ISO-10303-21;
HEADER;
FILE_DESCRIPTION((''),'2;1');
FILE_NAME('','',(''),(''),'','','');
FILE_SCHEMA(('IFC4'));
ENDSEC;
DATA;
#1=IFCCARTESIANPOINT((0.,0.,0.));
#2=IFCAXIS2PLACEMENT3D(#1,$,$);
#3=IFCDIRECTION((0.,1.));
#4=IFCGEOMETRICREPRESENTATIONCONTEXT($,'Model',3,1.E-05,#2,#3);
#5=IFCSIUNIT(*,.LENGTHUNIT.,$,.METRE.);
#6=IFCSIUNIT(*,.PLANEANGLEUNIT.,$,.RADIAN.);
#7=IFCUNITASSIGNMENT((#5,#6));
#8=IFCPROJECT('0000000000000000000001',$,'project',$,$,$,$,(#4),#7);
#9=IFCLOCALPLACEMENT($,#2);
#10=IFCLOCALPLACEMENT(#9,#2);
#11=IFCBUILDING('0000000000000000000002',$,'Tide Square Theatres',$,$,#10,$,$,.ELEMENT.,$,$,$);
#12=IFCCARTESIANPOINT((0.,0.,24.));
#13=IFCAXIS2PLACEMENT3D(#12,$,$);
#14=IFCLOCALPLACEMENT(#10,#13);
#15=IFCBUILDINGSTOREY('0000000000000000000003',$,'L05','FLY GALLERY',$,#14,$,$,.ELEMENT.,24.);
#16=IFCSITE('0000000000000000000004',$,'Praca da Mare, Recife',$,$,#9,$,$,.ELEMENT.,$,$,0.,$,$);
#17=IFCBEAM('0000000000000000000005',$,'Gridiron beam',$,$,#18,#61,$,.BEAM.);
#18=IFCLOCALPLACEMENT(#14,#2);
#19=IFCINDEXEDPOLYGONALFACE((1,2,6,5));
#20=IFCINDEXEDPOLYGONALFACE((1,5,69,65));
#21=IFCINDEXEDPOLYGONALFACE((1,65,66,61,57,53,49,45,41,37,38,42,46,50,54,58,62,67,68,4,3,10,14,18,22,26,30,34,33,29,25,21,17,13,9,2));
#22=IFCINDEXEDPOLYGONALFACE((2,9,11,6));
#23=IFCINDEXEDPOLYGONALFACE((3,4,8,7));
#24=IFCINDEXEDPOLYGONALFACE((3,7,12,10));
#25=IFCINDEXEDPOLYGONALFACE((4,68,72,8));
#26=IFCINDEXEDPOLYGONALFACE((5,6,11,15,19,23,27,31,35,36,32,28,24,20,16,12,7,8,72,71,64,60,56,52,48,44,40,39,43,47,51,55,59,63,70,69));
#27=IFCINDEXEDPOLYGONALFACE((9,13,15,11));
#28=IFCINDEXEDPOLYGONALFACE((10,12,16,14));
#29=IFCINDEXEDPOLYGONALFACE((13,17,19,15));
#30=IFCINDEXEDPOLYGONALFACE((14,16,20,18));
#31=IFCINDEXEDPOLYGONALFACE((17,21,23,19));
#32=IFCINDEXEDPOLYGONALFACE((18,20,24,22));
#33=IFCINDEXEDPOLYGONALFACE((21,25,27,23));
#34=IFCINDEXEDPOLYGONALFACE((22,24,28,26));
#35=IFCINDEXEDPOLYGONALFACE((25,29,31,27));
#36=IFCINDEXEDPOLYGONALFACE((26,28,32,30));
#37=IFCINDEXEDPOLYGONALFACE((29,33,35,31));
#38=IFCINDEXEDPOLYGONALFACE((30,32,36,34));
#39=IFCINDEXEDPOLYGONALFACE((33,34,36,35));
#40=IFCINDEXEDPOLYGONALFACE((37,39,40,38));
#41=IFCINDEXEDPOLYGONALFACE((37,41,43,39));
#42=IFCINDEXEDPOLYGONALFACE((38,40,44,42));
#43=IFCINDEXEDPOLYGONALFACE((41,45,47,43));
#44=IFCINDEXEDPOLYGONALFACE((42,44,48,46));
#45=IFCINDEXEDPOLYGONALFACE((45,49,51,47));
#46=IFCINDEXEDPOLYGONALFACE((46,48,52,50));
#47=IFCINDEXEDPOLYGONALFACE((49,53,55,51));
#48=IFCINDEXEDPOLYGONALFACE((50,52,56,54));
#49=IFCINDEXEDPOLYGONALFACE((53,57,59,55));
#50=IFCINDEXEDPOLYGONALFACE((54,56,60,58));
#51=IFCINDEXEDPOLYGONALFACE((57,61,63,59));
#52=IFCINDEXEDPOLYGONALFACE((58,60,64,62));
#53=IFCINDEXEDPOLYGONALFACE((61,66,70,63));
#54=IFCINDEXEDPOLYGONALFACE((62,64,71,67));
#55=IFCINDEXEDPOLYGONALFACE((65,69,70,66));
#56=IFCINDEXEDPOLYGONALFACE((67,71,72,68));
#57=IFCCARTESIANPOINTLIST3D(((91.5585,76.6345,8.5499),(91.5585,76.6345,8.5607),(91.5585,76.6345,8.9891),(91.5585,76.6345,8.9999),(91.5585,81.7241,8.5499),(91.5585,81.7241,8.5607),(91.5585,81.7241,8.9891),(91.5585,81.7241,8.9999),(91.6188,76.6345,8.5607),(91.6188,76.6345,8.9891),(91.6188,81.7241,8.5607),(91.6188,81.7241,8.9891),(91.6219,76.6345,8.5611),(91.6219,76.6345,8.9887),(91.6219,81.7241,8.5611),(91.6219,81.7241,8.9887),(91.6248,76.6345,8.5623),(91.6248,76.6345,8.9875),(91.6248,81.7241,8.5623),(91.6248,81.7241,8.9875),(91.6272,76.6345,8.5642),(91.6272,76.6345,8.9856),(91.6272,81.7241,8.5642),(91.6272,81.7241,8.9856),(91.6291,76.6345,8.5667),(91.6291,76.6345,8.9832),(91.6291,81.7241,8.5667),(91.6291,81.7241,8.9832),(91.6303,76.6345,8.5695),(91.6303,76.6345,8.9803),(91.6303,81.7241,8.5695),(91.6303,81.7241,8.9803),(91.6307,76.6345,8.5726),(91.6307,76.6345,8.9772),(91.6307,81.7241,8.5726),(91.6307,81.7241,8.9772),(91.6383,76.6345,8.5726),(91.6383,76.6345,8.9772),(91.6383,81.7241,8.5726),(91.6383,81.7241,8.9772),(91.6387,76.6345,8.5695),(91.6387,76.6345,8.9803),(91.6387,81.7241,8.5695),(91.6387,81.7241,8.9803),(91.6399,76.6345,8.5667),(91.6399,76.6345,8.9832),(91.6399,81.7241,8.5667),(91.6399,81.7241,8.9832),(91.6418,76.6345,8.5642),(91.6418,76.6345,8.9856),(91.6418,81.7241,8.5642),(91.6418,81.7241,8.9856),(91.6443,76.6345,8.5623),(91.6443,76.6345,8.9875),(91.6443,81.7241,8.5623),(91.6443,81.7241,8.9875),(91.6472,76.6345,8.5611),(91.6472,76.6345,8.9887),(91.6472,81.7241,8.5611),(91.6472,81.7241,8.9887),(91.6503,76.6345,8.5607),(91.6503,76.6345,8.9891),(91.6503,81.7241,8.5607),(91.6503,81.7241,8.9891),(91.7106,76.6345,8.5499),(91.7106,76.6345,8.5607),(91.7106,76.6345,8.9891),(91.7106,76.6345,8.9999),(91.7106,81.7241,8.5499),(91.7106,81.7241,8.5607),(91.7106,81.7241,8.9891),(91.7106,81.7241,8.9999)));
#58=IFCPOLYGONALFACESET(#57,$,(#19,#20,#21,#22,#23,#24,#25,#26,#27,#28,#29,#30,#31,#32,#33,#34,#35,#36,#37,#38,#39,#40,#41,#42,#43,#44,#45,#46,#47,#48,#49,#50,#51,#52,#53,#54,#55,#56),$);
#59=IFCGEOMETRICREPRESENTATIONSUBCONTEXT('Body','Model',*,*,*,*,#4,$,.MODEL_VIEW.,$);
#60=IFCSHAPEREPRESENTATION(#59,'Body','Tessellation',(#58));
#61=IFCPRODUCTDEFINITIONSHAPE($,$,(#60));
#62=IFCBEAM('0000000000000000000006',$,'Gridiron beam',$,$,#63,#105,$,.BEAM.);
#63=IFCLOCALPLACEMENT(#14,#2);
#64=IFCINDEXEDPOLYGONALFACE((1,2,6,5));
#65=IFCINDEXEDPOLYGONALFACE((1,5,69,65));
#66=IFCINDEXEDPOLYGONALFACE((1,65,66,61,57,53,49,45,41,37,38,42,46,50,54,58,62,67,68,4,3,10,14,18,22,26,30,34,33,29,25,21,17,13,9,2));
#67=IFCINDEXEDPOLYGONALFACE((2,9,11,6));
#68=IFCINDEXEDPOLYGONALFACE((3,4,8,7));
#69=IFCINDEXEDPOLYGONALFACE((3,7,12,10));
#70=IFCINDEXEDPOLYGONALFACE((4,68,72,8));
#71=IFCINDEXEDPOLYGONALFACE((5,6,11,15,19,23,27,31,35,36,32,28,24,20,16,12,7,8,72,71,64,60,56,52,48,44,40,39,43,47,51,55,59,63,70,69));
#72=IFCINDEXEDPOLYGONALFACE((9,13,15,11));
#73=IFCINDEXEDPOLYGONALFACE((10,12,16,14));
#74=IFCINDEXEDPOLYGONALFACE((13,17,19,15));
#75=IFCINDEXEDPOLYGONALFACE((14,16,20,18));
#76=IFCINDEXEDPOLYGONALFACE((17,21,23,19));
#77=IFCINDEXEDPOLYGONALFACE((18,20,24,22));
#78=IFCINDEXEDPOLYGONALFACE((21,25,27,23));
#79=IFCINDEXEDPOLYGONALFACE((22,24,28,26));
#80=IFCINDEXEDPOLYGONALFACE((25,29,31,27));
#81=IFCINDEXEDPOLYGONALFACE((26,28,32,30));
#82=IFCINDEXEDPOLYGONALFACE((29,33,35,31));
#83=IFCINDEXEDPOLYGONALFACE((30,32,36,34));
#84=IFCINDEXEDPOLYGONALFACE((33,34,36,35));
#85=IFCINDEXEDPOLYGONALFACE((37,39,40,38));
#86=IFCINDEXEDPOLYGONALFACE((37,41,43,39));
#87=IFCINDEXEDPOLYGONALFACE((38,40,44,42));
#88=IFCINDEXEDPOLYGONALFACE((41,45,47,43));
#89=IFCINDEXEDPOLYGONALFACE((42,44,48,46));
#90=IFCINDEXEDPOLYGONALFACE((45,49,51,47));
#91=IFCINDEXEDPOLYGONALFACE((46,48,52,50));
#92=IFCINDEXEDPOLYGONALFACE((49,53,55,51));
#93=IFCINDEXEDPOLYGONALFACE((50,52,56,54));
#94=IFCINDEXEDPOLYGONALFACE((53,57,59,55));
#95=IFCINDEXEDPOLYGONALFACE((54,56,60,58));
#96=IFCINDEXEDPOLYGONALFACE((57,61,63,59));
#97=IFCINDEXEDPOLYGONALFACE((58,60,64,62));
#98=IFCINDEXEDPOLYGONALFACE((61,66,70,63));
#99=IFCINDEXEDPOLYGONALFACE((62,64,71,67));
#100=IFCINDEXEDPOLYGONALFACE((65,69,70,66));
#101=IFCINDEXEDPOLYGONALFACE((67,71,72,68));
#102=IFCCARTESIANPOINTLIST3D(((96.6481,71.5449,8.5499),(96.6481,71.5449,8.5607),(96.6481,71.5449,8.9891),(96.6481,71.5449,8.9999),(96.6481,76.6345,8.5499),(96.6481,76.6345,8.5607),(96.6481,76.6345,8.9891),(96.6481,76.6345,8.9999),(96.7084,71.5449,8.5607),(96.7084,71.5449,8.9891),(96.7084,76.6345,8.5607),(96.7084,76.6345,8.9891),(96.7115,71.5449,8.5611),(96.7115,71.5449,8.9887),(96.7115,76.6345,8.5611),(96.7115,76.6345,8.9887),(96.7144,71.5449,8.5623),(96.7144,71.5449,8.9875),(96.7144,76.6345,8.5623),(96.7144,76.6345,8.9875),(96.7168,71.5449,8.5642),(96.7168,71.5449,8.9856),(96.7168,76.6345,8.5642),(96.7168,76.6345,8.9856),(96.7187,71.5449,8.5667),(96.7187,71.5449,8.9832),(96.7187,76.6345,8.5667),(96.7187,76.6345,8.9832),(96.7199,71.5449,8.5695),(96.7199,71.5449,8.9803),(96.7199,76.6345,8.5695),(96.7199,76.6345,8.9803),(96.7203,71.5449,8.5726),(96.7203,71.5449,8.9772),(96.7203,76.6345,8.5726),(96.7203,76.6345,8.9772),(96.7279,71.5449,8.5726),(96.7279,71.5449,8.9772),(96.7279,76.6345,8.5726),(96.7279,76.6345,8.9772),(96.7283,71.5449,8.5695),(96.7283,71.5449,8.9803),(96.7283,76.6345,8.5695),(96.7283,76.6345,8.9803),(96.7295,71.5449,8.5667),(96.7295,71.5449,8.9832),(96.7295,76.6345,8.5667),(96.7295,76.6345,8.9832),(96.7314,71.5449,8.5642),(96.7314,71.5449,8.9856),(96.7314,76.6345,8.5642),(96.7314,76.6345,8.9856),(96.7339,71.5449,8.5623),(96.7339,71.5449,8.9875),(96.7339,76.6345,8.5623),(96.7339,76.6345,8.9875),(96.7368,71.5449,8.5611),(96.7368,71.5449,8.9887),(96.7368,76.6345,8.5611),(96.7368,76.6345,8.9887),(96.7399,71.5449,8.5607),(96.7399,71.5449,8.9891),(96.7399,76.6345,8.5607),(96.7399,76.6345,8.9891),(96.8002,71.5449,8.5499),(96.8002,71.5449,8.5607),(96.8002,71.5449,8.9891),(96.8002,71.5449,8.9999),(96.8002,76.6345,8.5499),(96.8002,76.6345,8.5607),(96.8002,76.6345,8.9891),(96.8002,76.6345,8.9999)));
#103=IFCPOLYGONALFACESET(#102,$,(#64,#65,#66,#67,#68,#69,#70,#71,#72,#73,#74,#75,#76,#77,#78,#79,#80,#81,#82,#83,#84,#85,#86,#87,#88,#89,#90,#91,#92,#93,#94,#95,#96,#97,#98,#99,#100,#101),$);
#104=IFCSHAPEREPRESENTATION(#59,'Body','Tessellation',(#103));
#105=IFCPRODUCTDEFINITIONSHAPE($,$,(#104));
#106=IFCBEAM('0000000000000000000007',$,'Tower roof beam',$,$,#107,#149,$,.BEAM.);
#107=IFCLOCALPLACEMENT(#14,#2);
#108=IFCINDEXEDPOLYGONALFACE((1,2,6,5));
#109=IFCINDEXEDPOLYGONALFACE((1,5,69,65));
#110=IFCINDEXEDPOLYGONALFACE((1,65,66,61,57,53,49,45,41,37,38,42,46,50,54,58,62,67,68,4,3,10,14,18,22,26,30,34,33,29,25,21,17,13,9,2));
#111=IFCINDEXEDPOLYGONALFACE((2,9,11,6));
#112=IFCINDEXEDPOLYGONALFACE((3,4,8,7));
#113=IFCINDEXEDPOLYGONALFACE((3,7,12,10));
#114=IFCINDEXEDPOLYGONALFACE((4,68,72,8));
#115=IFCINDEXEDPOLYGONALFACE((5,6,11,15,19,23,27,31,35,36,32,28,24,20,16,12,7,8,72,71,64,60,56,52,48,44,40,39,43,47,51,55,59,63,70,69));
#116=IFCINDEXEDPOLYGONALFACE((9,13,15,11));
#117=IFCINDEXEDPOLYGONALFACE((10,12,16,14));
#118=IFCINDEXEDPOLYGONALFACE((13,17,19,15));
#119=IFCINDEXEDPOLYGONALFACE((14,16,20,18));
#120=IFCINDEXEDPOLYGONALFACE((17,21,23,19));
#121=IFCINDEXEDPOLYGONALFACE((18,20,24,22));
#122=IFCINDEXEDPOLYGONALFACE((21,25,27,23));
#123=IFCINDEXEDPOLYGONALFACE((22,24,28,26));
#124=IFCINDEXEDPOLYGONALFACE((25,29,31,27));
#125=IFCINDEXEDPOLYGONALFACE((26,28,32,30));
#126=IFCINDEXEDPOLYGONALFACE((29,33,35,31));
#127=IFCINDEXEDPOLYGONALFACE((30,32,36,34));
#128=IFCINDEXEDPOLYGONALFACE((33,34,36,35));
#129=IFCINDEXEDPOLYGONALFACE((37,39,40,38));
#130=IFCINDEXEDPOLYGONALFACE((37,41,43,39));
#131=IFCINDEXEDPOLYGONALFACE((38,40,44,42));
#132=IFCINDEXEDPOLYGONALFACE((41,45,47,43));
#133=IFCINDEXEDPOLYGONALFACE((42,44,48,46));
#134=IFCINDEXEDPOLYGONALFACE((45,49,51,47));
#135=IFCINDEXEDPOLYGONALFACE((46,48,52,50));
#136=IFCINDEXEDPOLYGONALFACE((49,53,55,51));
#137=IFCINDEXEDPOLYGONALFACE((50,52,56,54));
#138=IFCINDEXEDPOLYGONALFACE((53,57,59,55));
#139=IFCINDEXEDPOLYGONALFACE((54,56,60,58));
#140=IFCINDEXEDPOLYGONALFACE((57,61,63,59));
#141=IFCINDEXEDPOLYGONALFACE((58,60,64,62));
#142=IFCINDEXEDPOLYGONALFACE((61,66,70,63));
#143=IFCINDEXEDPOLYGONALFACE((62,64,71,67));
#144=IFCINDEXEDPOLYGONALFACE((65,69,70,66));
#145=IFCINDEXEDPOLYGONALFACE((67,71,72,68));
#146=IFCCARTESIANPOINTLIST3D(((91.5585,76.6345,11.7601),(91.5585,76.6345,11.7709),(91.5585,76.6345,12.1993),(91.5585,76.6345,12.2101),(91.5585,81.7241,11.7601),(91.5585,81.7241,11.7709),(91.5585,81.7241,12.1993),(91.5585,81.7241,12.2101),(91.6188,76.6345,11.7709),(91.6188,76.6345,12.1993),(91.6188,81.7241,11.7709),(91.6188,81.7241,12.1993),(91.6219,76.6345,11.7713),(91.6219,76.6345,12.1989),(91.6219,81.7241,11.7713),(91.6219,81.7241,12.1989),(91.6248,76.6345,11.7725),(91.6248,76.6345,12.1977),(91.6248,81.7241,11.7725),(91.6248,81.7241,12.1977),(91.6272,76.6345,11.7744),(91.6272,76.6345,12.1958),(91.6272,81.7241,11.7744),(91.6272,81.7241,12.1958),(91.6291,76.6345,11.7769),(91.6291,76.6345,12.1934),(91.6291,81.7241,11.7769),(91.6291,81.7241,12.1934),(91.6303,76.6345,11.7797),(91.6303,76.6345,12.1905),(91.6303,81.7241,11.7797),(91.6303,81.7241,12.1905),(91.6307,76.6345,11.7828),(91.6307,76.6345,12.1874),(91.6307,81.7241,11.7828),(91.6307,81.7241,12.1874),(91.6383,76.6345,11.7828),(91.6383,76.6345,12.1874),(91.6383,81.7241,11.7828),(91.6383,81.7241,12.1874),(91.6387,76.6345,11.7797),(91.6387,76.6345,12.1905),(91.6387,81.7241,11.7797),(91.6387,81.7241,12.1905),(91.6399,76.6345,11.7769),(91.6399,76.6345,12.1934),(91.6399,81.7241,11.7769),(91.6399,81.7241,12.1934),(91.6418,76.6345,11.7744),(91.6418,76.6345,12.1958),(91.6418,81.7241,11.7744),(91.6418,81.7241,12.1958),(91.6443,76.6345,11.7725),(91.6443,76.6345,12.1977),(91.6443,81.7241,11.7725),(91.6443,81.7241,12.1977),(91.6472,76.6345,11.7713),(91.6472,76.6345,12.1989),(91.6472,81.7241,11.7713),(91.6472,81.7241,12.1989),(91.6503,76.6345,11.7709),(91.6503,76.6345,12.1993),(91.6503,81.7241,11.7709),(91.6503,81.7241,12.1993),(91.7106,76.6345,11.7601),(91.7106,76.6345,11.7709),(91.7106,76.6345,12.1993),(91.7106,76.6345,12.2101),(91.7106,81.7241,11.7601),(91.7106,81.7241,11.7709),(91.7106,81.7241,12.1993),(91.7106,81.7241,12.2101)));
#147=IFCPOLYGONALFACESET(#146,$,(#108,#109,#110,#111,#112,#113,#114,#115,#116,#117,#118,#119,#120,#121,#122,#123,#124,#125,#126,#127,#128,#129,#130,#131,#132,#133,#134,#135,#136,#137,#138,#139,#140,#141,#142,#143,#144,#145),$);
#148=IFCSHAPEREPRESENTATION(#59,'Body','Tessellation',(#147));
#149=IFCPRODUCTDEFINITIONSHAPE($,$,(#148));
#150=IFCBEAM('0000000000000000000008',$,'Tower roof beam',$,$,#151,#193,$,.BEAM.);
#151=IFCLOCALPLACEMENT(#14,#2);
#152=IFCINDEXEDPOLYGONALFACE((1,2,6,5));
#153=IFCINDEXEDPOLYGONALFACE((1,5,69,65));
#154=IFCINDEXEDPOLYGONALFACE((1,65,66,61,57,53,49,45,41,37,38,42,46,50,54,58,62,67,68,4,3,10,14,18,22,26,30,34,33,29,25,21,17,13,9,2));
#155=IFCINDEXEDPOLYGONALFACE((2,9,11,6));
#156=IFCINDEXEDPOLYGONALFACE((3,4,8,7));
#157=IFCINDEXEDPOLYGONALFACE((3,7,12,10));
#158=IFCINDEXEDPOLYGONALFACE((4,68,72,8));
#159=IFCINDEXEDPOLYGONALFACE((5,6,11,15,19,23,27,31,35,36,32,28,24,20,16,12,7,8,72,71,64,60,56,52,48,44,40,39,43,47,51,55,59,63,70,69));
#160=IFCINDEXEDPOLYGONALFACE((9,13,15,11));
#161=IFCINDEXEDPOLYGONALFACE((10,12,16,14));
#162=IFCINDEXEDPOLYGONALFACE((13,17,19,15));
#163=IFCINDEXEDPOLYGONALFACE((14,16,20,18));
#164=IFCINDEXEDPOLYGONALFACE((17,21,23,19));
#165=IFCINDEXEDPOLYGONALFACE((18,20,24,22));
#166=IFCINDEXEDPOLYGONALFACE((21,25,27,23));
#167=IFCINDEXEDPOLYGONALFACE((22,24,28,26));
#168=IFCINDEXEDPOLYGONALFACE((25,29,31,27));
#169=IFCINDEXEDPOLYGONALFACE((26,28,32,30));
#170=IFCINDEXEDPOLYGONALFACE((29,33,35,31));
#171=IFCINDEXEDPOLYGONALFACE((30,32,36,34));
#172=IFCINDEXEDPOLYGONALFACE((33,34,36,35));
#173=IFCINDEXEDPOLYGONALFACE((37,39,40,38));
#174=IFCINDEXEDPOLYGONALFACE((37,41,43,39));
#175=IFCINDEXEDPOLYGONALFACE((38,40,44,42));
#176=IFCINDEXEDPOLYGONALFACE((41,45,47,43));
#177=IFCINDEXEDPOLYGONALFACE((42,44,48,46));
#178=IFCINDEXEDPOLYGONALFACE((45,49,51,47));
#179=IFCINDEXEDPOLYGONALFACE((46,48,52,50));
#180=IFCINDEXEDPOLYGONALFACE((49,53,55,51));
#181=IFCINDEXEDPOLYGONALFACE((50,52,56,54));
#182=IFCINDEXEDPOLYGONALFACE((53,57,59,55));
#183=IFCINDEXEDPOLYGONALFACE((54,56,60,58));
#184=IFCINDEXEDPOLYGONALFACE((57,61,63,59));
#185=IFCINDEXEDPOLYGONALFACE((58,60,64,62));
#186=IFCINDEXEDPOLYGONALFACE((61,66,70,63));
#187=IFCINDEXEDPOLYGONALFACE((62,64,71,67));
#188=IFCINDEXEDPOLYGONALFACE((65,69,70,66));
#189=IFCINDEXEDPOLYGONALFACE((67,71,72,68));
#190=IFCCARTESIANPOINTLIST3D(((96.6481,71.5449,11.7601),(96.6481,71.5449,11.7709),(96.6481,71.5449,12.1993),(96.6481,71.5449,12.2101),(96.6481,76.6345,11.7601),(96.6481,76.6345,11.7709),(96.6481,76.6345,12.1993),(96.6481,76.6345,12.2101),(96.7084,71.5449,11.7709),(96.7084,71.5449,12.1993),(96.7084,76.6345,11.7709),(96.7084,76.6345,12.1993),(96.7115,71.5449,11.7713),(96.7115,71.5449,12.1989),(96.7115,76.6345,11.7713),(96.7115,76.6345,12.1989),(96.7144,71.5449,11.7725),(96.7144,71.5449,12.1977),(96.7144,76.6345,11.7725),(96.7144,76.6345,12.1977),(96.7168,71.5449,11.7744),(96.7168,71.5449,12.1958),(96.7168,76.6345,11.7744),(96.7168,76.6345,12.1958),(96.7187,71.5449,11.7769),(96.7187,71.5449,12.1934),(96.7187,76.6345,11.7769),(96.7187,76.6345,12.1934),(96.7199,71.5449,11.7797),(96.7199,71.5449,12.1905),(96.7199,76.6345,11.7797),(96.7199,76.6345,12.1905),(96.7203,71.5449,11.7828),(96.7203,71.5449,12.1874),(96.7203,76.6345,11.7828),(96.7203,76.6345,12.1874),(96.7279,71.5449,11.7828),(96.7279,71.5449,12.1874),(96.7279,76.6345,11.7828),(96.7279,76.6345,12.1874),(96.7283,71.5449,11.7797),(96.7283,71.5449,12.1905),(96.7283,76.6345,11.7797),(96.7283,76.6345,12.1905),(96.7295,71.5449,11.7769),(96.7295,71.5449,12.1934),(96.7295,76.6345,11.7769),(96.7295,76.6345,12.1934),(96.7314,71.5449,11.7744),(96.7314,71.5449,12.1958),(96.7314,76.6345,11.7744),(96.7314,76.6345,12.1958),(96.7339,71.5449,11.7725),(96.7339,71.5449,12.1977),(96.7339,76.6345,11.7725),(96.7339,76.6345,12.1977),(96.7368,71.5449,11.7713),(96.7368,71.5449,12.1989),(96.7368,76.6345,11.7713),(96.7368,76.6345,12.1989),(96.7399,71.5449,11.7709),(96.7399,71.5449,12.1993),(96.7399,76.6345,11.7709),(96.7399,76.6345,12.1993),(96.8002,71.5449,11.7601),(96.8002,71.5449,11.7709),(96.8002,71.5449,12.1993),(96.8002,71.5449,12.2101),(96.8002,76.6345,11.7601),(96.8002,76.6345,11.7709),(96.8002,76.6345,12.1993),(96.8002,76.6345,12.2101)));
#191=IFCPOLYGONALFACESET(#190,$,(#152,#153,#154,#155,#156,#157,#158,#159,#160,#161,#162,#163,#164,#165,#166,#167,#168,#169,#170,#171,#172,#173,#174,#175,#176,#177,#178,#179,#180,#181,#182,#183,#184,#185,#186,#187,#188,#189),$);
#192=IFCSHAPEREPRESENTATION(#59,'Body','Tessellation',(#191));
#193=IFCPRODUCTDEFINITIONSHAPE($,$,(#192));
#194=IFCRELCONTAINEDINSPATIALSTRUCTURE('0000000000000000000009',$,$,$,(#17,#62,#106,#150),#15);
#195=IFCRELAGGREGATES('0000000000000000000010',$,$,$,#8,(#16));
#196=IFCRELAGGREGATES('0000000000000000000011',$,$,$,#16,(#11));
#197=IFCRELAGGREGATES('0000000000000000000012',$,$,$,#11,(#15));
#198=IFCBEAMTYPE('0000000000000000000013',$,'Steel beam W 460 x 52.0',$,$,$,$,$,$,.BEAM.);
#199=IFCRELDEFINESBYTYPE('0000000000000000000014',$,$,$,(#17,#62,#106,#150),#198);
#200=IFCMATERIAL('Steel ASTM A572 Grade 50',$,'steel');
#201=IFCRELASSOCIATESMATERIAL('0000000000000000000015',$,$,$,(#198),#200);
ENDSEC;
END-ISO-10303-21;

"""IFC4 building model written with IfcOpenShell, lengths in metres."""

from ifc_helpers import new_model, si_unit, direction, frame, origin, origin_2d, place, context, subcontext, project, spatial, i_section, extrude, material, material_profile, profile_set, type_object, element, save


model = new_model("IFC4")

# Units and contexts
model_context = context("Model", 3, precision=1e-05, world=origin(), true_north=direction((0.0, 1.0)))
body_context = subcontext(model_context, "Body", "Model", "MODEL_VIEW")
ifc_project = project(units=[si_unit("LENGTHUNIT", "METRE"), si_unit("PLANEANGLEUNIT", "RADIAN")], contexts=[model_context])

# Site, building, storey
site_placement = place(None, origin())
site = spatial("IfcSite", under=ifc_project, at=site_placement, Name="Praca da Mare, Recife", CompositionType="ELEMENT", RefElevation=0.0)
building_placement = place(site_placement, origin())
building = spatial("IfcBuilding", under=site, at=building_placement, Name="Tide Square Theatres", CompositionType="ELEMENT")
storey_placement = place(building_placement, frame((0.0, 0.0, 24.0)))
storey = spatial("IfcBuildingStorey", under=building, at=storey_placement, Name="L05", Description="FLY GALLERY", CompositionType="ELEMENT", Elevation=24.0)

# Beams
ifc_material_1 = material(Name="Steel ASTM A572 Grade 50", Category="steel")
ifc_material_profile_1 = material_profile(ifc_material_1, i_section(OverallWidth=0.1521, OverallDepth=0.45, WebThickness=0.0076, FlangeThickness=0.0107, FilletRadius=0.012, at=origin_2d()))
ifc_profile_set_1 = profile_set([ifc_material_profile_1], Name="Steel ASTM A572 Grade 50")
beam_type_1 = type_object("IfcBeamType", Name="Steel beam W 460 x 52.0", PredefinedType="BEAM", material=ifc_profile_set_1)
for number, where, z_axis, x_axis, name in (
    (1, (91.6345, 76.6345, 8.7749), (0.0, 1.0, 0.0), (-1.0, 0.0, 0.0), "Gridiron beam"),
    (2, (96.7241, 71.5449, 8.7749), (0.0, 1.0, 0.0), (-1.0, 0.0, 0.0), "Gridiron beam"),
    (3, (91.6345, 76.6345, 11.9851), (0.0, 1.0, 0.0), (-1.0, 0.0, 0.0), "Tower roof beam"),
    (4, (96.7241, 71.5449, 11.9851), (0.0, 1.0, 0.0), (-1.0, 0.0, 0.0), "Tower roof beam"),
):
    element("IfcBeam", number, at=place(storey_placement, frame(where, z_axis=z_axis, x_axis=x_axis)), inside=storey, type_object=beam_type_1, Name=name, PredefinedType="BEAM", context=body_context, shape_type="SweptSolid", body=[
        extrude(i_section(OverallWidth=0.1521, OverallDepth=0.45, WebThickness=0.0076, FlangeThickness=0.0107, FilletRadius=0.012, at=origin_2d()), origin(), (0.0, 0.0, 1.0), 5.0896),
    ])

save(model, "model.ifc")
